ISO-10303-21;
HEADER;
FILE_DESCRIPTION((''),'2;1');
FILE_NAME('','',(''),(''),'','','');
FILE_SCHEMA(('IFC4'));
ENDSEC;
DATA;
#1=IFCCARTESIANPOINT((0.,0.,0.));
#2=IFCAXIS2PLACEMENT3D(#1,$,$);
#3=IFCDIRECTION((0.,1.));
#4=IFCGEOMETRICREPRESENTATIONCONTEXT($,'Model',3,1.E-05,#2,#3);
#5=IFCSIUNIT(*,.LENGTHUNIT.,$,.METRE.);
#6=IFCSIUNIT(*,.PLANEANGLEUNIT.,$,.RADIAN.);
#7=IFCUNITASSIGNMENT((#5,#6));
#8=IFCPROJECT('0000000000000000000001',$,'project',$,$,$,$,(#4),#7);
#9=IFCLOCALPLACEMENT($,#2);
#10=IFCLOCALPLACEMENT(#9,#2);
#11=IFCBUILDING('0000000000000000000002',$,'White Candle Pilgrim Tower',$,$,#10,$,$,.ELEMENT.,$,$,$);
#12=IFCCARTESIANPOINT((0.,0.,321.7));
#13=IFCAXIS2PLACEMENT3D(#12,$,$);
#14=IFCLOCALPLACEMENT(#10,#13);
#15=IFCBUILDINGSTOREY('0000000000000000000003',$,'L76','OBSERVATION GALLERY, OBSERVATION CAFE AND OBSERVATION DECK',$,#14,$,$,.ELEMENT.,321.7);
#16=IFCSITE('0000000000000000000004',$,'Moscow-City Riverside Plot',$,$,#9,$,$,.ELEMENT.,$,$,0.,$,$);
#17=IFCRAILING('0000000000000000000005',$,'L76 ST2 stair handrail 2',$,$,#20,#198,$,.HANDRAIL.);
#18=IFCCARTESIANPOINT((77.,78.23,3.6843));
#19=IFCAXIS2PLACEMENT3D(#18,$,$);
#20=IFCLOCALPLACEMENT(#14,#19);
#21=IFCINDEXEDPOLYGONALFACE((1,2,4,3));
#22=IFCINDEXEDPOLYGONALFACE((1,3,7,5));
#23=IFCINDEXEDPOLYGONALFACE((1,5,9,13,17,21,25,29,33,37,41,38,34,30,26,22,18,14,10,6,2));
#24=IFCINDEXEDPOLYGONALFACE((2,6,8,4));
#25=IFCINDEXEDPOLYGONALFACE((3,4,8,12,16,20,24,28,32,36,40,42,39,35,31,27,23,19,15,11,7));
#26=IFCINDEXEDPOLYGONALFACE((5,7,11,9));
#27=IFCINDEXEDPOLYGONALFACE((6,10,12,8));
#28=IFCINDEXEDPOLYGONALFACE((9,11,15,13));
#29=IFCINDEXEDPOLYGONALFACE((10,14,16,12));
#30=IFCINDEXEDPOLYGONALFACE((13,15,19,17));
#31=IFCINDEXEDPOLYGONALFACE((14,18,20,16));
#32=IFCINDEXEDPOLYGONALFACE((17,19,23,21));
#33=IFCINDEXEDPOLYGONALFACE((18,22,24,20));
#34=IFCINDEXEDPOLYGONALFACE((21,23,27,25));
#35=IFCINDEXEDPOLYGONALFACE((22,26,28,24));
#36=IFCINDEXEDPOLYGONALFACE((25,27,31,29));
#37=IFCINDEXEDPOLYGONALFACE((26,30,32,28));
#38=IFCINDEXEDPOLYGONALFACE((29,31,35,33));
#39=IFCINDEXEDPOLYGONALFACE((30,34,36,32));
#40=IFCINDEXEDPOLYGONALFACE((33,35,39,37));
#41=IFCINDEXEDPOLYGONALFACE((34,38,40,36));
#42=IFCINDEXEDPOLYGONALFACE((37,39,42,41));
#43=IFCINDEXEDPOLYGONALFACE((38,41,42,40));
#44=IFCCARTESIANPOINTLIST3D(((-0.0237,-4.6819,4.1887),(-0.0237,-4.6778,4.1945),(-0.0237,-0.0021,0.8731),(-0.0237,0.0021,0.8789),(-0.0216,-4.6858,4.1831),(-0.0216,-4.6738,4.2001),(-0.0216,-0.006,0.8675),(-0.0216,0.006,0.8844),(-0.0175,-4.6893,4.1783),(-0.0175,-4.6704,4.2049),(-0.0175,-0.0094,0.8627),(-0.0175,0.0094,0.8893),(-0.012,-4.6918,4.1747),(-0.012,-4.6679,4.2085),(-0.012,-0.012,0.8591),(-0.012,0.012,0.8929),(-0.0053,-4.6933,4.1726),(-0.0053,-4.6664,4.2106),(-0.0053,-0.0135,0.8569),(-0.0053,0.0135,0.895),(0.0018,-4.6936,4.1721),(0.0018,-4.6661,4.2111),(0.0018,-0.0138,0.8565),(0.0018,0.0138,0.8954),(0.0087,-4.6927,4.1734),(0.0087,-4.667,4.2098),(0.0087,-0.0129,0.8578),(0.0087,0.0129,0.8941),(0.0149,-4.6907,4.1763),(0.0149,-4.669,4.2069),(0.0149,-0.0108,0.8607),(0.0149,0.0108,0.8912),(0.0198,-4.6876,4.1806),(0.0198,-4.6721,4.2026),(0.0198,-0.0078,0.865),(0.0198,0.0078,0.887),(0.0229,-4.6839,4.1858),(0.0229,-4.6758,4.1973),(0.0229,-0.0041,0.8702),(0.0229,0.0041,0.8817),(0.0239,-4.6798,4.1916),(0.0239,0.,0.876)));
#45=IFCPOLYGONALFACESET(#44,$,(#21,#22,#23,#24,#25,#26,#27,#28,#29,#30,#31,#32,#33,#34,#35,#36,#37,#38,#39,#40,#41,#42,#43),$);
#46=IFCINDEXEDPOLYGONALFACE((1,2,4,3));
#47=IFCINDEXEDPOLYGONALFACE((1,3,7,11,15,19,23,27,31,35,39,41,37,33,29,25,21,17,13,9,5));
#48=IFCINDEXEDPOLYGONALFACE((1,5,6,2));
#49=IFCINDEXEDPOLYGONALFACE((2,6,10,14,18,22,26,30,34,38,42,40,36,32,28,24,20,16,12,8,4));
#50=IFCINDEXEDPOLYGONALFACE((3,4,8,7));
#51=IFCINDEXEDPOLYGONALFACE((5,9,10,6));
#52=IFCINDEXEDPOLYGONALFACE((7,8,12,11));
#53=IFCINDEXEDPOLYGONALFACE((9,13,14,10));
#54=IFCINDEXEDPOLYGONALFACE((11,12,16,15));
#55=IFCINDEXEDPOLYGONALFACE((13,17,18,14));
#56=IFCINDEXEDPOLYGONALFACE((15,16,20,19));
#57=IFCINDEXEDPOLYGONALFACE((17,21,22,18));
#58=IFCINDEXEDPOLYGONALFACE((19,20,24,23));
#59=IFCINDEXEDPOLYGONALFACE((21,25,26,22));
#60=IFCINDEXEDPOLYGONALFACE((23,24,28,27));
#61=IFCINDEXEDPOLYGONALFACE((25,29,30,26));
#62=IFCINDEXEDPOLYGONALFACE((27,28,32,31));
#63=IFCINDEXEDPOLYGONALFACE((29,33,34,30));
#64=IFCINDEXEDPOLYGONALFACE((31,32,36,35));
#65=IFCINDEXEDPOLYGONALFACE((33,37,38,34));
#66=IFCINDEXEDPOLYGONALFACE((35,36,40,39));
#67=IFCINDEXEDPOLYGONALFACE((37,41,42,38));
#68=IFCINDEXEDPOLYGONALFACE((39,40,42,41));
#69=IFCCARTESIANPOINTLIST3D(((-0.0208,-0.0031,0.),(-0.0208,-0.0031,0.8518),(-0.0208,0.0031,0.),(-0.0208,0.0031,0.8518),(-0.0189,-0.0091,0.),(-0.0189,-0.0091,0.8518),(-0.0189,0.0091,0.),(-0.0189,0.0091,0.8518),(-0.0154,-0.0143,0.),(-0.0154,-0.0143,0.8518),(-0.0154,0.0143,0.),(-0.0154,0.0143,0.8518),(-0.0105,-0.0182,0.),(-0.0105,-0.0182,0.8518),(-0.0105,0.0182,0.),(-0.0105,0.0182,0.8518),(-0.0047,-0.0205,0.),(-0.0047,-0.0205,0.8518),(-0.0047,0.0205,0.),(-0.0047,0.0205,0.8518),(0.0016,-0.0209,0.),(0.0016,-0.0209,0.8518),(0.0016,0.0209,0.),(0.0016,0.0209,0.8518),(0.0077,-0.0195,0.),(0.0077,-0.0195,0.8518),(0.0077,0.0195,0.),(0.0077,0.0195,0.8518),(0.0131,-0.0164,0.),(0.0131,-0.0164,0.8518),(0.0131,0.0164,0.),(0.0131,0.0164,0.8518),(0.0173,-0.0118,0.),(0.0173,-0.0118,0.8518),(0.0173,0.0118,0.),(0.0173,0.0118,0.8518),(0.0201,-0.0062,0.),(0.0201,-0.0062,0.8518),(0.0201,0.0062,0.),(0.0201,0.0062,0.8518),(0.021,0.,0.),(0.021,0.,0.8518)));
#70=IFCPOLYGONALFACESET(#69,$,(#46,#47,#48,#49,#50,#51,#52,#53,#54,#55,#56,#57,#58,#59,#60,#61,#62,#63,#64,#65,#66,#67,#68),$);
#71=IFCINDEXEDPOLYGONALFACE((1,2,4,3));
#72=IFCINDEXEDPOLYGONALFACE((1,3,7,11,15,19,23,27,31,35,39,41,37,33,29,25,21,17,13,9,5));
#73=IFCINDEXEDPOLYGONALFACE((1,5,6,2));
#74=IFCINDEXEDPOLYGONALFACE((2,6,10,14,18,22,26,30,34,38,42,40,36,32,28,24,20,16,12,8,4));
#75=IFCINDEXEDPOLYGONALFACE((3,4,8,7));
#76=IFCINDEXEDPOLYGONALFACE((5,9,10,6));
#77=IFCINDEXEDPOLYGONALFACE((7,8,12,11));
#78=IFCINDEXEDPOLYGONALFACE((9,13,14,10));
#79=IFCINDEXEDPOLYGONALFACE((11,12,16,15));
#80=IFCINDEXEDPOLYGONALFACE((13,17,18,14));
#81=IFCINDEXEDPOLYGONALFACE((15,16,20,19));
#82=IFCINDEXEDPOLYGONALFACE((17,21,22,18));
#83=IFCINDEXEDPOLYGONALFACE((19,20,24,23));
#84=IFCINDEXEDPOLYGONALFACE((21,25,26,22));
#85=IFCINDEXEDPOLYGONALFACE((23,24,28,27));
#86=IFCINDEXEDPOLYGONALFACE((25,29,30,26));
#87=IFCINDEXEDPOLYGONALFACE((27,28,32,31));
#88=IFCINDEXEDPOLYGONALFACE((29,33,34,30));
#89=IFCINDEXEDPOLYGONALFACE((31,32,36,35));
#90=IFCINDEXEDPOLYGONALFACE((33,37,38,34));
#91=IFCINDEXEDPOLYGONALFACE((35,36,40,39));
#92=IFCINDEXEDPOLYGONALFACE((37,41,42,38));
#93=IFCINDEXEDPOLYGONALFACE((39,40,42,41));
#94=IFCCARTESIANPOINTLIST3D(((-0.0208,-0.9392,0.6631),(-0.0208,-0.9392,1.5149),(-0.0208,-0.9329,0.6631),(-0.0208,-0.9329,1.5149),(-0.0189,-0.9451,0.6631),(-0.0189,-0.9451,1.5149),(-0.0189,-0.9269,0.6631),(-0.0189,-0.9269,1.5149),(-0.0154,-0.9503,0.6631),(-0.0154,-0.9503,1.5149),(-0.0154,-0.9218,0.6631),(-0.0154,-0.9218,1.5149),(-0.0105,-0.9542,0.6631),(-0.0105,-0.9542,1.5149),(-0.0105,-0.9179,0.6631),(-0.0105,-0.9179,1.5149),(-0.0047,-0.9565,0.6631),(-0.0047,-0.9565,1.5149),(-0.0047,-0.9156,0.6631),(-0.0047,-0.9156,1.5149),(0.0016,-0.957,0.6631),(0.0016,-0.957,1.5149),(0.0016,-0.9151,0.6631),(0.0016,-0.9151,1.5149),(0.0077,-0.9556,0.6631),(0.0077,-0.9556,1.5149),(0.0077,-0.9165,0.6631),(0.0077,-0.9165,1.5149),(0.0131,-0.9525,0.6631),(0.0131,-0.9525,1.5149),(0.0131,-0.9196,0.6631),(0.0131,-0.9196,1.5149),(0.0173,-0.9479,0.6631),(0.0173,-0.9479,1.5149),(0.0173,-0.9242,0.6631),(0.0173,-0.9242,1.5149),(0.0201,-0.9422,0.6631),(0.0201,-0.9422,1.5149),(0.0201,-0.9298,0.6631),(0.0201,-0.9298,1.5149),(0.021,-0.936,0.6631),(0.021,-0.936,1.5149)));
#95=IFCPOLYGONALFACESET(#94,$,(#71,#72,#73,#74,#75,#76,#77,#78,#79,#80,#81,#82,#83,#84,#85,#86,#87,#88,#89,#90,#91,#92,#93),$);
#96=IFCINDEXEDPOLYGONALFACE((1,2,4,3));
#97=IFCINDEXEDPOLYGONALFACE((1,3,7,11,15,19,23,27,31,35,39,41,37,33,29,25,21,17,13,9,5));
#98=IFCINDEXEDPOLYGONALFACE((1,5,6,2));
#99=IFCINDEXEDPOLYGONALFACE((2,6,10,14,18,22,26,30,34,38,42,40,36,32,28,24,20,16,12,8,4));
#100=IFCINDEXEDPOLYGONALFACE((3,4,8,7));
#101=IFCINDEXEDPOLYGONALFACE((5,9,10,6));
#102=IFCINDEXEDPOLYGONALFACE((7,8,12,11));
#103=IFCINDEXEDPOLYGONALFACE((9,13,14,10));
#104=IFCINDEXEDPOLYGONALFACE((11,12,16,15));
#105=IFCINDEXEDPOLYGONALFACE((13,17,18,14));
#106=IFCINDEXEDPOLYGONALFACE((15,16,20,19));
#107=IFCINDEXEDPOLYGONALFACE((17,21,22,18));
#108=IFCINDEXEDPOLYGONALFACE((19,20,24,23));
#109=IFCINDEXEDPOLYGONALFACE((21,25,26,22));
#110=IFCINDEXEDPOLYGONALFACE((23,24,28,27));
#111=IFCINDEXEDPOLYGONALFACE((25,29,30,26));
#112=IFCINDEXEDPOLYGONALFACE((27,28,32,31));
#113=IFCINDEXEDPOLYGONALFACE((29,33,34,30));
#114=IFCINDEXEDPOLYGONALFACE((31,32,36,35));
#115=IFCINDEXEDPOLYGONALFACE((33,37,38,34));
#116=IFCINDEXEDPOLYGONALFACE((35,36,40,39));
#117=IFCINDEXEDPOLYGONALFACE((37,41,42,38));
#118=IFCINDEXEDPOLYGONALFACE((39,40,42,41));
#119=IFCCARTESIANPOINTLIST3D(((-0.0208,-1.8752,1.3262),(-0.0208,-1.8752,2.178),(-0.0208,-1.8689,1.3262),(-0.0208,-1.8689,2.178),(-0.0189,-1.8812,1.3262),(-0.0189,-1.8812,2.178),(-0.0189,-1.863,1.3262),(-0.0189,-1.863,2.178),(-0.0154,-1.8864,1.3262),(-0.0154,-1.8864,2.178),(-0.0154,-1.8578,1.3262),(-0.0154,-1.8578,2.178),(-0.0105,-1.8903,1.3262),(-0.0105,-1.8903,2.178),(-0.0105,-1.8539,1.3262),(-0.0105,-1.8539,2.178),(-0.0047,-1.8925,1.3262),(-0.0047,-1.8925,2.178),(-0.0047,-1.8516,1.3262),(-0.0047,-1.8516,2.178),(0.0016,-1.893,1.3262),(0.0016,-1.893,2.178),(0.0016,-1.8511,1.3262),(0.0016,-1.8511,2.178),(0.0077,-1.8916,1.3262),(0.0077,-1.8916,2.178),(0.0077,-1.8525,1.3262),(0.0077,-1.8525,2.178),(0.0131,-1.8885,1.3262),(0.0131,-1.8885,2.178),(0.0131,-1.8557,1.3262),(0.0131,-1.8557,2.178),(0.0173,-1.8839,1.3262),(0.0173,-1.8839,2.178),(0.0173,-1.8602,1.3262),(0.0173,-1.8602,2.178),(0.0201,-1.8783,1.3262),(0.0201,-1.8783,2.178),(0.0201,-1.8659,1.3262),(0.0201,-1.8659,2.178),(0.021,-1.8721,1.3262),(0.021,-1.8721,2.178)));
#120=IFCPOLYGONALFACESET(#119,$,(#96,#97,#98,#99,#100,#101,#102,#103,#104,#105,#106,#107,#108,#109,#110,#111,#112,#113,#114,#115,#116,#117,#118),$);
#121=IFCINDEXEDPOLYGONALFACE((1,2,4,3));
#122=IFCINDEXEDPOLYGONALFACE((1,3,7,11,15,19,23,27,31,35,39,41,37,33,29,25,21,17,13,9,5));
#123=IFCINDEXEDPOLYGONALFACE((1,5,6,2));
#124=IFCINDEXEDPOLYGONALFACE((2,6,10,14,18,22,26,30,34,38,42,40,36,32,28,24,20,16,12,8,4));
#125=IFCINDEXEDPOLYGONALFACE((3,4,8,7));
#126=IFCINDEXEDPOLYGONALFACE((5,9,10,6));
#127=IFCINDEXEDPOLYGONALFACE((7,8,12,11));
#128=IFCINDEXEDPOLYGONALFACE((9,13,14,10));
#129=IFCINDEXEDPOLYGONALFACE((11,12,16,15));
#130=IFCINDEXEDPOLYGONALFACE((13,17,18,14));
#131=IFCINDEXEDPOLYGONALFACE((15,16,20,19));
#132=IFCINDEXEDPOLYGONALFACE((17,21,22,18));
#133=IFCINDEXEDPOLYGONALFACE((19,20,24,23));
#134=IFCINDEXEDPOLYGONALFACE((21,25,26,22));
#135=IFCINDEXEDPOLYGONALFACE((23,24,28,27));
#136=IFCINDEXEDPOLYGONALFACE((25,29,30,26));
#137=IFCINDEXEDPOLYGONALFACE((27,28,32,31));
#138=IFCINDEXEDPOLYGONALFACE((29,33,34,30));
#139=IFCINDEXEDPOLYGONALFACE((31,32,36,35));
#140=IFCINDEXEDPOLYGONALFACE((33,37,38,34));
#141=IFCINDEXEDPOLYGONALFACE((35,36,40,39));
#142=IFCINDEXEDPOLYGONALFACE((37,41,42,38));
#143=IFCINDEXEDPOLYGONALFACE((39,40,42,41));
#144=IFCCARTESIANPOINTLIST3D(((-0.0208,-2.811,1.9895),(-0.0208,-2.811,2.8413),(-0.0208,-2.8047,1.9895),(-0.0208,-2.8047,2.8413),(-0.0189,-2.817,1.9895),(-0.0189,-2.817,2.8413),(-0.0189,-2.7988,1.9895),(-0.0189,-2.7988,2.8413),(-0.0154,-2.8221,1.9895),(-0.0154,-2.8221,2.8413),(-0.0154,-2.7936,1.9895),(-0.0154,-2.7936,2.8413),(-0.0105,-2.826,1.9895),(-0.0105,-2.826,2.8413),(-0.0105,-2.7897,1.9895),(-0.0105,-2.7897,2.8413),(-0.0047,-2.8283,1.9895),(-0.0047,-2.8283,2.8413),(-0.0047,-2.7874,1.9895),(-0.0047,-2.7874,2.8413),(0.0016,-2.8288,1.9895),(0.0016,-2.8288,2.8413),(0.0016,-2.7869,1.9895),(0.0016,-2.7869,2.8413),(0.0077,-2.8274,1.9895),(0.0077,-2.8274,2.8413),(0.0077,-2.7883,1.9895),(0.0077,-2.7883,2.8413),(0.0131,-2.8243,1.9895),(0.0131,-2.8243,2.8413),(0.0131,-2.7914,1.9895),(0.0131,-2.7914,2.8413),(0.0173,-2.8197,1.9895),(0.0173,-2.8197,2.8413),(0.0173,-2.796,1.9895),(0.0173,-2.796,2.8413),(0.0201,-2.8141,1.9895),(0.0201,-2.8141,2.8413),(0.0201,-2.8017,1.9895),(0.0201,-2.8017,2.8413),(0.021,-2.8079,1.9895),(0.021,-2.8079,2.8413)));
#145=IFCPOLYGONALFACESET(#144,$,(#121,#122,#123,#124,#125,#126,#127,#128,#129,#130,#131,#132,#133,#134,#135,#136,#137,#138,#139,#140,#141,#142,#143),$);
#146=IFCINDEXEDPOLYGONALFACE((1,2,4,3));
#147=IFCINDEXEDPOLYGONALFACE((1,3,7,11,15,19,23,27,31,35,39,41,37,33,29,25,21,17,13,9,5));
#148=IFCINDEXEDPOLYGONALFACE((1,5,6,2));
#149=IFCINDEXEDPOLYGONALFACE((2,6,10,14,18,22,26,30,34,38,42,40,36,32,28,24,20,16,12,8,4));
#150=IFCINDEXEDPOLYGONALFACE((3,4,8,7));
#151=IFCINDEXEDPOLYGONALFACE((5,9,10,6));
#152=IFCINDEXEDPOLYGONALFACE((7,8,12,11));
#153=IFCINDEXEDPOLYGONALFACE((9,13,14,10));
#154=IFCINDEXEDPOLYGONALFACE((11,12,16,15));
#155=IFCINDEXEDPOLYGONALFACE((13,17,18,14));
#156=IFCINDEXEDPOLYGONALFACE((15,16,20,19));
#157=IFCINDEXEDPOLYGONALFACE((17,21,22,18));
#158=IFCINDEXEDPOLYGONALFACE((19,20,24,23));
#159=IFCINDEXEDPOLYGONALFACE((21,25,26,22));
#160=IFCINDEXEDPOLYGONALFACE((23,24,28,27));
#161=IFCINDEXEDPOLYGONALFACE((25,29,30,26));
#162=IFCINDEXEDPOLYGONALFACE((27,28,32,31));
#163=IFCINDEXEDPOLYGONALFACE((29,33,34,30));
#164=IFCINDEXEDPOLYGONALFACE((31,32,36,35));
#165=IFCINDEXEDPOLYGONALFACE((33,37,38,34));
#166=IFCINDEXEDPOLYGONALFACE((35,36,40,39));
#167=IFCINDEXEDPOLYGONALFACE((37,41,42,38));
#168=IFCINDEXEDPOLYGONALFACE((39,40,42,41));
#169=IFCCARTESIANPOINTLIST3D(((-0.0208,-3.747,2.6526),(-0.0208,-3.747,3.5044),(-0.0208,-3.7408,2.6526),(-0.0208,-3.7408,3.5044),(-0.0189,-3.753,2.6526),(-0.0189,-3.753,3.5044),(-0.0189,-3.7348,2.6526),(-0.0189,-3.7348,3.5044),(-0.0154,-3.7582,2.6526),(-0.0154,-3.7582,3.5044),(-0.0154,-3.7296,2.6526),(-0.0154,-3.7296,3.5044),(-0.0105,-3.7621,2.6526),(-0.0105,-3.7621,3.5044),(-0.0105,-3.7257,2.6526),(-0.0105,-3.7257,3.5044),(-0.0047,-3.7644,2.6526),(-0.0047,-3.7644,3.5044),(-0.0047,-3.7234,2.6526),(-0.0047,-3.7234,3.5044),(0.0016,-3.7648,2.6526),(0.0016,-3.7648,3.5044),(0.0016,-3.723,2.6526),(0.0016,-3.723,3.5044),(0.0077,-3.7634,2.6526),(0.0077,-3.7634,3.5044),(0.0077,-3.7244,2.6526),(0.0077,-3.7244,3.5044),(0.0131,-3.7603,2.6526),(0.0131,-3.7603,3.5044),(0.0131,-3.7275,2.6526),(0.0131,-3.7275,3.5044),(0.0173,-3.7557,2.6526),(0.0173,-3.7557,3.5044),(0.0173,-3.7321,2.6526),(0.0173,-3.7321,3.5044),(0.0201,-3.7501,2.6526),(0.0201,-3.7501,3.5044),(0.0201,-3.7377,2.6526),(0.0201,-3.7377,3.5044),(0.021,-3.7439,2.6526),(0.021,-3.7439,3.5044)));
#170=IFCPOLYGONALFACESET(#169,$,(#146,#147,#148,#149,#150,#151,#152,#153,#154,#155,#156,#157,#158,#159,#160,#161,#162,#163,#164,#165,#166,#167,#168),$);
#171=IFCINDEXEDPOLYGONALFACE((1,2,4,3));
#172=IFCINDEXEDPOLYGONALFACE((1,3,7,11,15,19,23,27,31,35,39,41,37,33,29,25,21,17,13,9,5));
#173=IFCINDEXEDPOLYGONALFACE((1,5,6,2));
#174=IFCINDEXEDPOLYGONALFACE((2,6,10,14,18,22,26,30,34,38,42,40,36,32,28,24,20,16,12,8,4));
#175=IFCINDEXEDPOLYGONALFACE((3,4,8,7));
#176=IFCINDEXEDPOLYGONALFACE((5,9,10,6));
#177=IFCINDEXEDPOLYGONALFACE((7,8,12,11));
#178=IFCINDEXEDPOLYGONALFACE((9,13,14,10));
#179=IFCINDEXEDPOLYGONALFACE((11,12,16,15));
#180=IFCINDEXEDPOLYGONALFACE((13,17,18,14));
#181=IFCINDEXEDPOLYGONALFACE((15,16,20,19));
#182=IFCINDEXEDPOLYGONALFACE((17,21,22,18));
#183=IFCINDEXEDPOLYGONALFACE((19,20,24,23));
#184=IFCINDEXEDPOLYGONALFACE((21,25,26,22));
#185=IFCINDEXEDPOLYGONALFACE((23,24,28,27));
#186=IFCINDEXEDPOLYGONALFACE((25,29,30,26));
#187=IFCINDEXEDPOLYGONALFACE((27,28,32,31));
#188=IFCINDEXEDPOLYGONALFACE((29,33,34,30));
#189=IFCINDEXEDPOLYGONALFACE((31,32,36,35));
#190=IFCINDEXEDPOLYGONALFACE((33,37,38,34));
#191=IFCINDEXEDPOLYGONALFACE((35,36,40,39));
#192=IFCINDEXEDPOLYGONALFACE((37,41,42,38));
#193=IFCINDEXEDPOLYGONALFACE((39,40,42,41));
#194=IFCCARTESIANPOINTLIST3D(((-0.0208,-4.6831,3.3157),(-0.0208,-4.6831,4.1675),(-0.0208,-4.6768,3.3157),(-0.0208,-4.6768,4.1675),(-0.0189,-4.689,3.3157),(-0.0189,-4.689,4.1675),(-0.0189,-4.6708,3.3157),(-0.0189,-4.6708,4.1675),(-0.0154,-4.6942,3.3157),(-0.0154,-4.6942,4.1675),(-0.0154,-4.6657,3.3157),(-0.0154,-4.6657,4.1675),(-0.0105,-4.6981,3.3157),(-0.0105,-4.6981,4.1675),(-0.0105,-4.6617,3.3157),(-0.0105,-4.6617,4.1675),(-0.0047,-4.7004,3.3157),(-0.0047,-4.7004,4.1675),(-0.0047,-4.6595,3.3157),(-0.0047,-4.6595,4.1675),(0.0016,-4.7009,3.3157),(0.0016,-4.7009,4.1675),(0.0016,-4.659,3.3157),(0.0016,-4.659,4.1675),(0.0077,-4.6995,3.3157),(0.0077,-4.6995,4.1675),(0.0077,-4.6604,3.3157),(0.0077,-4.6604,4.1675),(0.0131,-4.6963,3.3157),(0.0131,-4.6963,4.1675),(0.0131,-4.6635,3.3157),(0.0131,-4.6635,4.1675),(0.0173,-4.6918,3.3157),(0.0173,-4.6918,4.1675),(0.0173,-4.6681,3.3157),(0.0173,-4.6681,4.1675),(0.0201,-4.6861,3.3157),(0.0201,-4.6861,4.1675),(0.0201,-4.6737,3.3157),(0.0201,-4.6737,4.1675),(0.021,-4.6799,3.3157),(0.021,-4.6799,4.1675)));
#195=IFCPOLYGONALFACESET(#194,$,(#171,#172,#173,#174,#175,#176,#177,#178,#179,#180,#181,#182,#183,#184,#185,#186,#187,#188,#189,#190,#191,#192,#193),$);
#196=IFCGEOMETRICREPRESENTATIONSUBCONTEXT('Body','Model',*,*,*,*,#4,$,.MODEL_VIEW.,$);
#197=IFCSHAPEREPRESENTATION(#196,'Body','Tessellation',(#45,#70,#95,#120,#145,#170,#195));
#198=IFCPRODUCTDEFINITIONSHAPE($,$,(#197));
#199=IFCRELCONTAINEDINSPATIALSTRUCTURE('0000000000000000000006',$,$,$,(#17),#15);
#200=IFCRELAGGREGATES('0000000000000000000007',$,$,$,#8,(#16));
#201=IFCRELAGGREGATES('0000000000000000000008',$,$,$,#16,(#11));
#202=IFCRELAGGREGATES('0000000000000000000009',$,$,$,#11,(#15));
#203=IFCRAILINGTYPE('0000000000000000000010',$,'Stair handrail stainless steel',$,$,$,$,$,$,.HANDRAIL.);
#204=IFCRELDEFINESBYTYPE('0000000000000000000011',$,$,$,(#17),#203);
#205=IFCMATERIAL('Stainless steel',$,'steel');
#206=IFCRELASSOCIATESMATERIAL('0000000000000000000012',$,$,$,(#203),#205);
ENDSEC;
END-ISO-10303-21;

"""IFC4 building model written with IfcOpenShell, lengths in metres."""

from ifc_helpers import new_model, si_unit, direction, frame, origin, origin_2d, place, context, subcontext, project, spatial, circle, extrude, material, type_object, element, save


model = new_model("IFC4")

# Units and contexts
model_context = context("Model", 3, precision=1e-05, world=origin(), true_north=direction((0.0, 1.0)))
body_context = subcontext(model_context, "Body", "Model", "MODEL_VIEW")
ifc_project = project(units=[si_unit("LENGTHUNIT", "METRE"), si_unit("PLANEANGLEUNIT", "RADIAN")], contexts=[model_context])

# Site, building, storey
site_placement = place(None, origin())
site = spatial("IfcSite", under=ifc_project, at=site_placement, Name="Moscow-City Riverside Plot", CompositionType="ELEMENT", RefElevation=0.0)
building_placement = place(site_placement, origin())
building = spatial("IfcBuilding", under=site, at=building_placement, Name="White Candle Pilgrim Tower", CompositionType="ELEMENT")
storey_placement = place(building_placement, frame((0.0, 0.0, 321.7)))
storey = spatial("IfcBuildingStorey", under=building, at=storey_placement, Name="L76", Description="OBSERVATION GALLERY, OBSERVATION CAFE AND OBSERVATION DECK", CompositionType="ELEMENT", Elevation=321.7)

# Railing
ifc_material_1 = material(Name="Stainless steel", Category="steel")
railing_type_1 = type_object("IfcRailingType", Name="Stair handrail stainless steel", PredefinedType="HANDRAIL", material=ifc_material_1)
railing_1_placement = place(storey_placement, frame((77.0, 78.23, 3.6843)))
element("IfcRailing", 1, at=railing_1_placement, inside=storey, type_object=railing_type_1, Name="L76 ST2 stair handrail 2", PredefinedType="HANDRAIL", context=body_context, shape_type="SweptSolid", body=[
    extrude(circle(Radius=0.0239, at=origin_2d()), frame((0.0, 0.0, 0.876), z_axis=(0.0, -0.815965, 0.578101), x_axis=(1.0, 0.0, 0.0)), (0.0, 0.0, 1.0), 5.7354),
    extrude(circle(Radius=0.021, at=origin_2d()), origin(), (0.0, 0.0, 1.0), 0.8518),
    extrude(circle(Radius=0.021, at=origin_2d()), frame((0.0, -0.936, 0.6631)), (0.0, 0.0, 1.0), 0.8518),
    extrude(circle(Radius=0.021, at=origin_2d()), frame((0.0, -1.8721, 1.3262)), (0.0, 0.0, 1.0), 0.8518),
    extrude(circle(Radius=0.021, at=origin_2d()), frame((0.0, -2.8079, 1.9895)), (0.0, 0.0, 1.0), 0.8518),
    extrude(circle(Radius=0.021, at=origin_2d()), frame((0.0, -3.7439, 2.6526)), (0.0, 0.0, 1.0), 0.8518),
    extrude(circle(Radius=0.021, at=origin_2d()), frame((0.0, -4.6799, 3.3157)), (0.0, 0.0, 1.0), 0.8518),
])

save(model, "model.ifc")
